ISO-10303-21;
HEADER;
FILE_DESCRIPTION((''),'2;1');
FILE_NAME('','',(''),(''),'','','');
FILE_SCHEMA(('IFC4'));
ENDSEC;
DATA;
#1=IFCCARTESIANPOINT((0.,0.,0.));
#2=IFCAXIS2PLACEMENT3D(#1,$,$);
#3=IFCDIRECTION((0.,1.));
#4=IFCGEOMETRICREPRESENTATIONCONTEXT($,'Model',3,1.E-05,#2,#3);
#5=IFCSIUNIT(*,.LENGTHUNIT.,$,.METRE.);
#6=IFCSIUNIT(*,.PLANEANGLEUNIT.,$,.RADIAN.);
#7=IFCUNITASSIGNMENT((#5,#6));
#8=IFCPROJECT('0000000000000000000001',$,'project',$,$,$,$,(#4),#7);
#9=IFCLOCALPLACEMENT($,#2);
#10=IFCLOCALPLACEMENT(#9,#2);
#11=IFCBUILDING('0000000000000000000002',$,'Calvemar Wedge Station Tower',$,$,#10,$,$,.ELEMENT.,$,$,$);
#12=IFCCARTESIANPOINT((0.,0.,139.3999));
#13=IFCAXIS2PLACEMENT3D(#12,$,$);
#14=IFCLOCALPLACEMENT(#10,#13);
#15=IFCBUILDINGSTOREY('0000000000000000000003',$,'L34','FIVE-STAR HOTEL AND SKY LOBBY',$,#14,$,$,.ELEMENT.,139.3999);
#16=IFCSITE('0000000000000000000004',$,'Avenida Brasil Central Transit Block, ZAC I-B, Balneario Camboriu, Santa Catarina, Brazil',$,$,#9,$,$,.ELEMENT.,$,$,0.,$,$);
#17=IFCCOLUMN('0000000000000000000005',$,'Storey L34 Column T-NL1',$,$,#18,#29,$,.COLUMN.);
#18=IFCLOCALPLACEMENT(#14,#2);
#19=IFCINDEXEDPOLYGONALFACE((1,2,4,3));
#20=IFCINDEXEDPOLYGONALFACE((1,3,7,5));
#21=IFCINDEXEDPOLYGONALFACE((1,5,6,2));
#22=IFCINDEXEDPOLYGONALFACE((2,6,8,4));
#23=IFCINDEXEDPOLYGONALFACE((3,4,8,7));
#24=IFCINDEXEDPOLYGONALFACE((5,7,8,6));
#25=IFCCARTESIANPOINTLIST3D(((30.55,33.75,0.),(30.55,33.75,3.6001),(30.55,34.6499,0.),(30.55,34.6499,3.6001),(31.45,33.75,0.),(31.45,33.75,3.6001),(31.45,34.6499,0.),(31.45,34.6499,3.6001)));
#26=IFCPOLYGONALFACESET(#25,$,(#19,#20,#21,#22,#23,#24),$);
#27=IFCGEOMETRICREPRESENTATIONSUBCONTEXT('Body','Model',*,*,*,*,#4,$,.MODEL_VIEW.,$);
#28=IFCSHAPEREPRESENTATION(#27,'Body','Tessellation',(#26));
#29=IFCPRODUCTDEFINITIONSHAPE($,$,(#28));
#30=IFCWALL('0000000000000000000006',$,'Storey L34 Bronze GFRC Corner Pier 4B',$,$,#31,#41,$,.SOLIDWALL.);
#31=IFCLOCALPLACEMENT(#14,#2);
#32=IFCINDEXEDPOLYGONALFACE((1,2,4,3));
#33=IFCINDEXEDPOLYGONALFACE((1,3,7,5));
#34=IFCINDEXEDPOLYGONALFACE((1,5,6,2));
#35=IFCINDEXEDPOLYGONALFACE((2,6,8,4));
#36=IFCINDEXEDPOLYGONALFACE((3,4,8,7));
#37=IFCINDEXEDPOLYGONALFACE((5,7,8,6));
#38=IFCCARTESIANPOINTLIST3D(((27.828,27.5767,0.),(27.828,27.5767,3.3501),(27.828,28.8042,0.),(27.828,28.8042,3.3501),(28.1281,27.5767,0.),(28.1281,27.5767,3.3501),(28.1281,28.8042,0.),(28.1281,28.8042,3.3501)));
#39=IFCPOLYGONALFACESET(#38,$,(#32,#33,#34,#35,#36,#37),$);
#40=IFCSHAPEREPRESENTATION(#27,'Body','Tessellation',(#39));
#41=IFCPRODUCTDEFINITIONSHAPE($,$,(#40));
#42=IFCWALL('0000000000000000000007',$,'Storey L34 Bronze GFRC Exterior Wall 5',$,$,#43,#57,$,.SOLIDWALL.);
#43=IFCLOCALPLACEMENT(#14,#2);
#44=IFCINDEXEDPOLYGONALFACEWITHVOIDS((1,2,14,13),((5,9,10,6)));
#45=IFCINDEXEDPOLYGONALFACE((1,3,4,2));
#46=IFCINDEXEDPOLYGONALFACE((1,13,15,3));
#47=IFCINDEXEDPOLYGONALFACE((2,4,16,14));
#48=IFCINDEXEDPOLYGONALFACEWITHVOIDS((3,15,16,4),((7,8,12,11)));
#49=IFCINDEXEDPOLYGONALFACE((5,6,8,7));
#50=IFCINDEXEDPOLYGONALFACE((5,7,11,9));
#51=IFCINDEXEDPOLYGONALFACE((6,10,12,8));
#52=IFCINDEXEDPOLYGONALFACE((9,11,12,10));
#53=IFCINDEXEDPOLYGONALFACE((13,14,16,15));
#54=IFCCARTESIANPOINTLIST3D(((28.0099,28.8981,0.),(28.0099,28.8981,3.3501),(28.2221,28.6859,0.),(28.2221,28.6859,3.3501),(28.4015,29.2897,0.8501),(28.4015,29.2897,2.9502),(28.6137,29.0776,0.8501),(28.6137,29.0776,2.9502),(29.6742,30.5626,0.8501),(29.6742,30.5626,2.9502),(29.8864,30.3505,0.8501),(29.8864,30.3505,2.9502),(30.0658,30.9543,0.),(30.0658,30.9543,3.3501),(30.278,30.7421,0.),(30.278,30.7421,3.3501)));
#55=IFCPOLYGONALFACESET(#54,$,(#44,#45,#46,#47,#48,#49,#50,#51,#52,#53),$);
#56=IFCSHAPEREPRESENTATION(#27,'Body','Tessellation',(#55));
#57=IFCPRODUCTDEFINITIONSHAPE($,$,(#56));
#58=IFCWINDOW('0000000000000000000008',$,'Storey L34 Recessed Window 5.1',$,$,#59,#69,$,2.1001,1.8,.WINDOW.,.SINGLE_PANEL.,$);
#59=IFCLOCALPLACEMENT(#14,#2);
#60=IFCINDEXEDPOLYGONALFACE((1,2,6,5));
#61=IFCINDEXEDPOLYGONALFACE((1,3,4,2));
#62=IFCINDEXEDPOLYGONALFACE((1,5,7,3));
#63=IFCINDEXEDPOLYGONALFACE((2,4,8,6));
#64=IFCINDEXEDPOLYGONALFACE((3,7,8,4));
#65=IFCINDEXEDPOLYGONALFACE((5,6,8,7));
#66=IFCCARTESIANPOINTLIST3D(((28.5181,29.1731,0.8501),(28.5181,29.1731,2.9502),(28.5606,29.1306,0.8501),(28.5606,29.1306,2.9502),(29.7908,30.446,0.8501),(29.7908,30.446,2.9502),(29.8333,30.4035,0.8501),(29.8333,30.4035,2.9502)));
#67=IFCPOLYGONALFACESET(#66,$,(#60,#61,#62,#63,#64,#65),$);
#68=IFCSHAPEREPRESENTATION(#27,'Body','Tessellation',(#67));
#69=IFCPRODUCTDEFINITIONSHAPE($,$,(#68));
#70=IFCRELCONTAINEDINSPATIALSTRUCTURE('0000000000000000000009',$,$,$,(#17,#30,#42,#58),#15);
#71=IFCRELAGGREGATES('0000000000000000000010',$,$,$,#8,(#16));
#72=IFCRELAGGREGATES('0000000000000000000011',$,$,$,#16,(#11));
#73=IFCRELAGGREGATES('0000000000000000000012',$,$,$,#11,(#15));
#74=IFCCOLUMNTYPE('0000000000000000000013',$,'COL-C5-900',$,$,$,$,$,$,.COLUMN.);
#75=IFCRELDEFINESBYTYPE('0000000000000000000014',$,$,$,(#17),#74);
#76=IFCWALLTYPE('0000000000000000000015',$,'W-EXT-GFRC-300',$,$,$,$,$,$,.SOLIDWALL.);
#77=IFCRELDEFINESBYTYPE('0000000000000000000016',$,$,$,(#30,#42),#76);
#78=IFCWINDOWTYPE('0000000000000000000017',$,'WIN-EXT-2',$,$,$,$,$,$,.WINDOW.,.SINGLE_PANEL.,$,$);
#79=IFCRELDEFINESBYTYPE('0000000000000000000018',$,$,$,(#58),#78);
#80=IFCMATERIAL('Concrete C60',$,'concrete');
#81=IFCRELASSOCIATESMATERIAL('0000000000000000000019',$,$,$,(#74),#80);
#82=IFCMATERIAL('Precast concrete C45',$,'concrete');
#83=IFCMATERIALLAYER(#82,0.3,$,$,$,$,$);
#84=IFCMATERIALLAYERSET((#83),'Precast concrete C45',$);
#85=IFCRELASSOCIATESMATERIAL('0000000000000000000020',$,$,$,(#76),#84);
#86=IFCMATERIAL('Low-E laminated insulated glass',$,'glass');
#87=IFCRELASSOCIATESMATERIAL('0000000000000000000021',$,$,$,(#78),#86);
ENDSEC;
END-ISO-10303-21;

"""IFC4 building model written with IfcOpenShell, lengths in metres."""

from ifc_helpers import new_model, si_unit, direction, frame, frame_2d, origin, origin_2d, place, context, subcontext, project, spatial, rectangle, extrude, source, transform, mapped, material, layer, layer_set, material_profile, profile_set, type_object, element, fill, save


model = new_model("IFC4")

# Units and contexts
model_context = context("Model", 3, precision=1e-05, world=origin(), true_north=direction((0.0, 1.0)))
body_context = subcontext(model_context, "Body", "Model", "MODEL_VIEW")
ifc_project = project(units=[si_unit("LENGTHUNIT", "METRE"), si_unit("PLANEANGLEUNIT", "RADIAN")], contexts=[model_context])

# Site, building, storey
site_placement = place(None, origin())
site = spatial("IfcSite", under=ifc_project, at=site_placement, Name="Avenida Brasil Central Transit Block, ZAC I-B, Balneario Camboriu, Santa Catarina, Brazil", CompositionType="ELEMENT", RefElevation=0.0)
building_placement = place(site_placement, origin())
building = spatial("IfcBuilding", under=site, at=building_placement, Name="Calvemar Wedge Station Tower", CompositionType="ELEMENT")
storey_placement = place(building_placement, frame((0.0, 0.0, 139.3999)))
storey = spatial("IfcBuildingStorey", under=building, at=storey_placement, Name="L34", Description="FIVE-STAR HOTEL AND SKY LOBBY", CompositionType="ELEMENT", Elevation=139.3999)

# Column
ifc_material_1 = material(Name="Concrete C60", Category="concrete")
ifc_material_profile = material_profile(ifc_material_1, rectangle(XDim=0.8999, YDim=0.8999, at=origin_2d()), Name="RC900x900")
ifc_profile_set = profile_set([ifc_material_profile], Name="Concrete C60")
column_type = type_object("IfcColumnType", Name="COL-C5-900", PredefinedType="COLUMN", material=ifc_profile_set)
shared_shape_1 = source(origin(), body_context, "Body", "SweptSolid", [
    extrude(rectangle(XDim=0.8999, YDim=0.8999, at=origin_2d()), origin(), (0.0, 0.0, 1.0), 3.6001),
])
column_placement = place(storey_placement, frame((31.0, 34.2, 0.0), z_axis=(0.0, 0.0, 1.0), x_axis=(1.0, 0.0, 0.0)))
element("IfcColumn", 1, at=column_placement, inside=storey, type_object=column_type, Name="Storey L34 Column T-NL1", PredefinedType="COLUMN", context=body_context, shape_type="MappedRepresentation", body=[
    mapped(shared_shape_1, transform((0.0, 0.0, 0.0), scale=1.0)),
])

# Wall
ifc_material_2 = material(Name="Precast concrete C45", Category="concrete")
ifc_layer_1 = layer(ifc_material_2, 0.3)
ifc_layer_set_1 = layer_set([ifc_layer_1], Name="Precast concrete C45")
wall_type_1 = type_object("IfcWallType", Name="W-EXT-GFRC-300", PredefinedType="SOLIDWALL", material=ifc_layer_set_1)
wall_1_placement = place(storey_placement, frame((27.978, 27.5767, 0.0), z_axis=(0.0, 0.0, 1.0), x_axis=(0.0, 1.0, 0.0)))
element("IfcWall", 2, at=wall_1_placement, inside=storey, type_object=wall_type_1, Name="Storey L34 Bronze GFRC Corner Pier 4B", PredefinedType="SOLIDWALL", context=body_context, shape_type="SweptSolid", body=[
    extrude(rectangle(XDim=1.2275, YDim=0.3, at=frame_2d((0.6138, 0.0))), origin(), (0.0, 0.0, 1.0), 3.3501),
])

# Wall, opening, window
wall_2_placement = place(storey_placement, frame((28.116, 28.792, 0.0), z_axis=(0.0, 0.0, 1.0), x_axis=(0.707065, 0.707149, 0.0)))
wall_2 = element("IfcWall", 3, at=wall_2_placement, inside=storey, type_object=wall_type_1, Name="Storey L34 Bronze GFRC Exterior Wall 5", PredefinedType="SOLIDWALL", context=body_context, shape_type="SweptSolid", body=[
    extrude(rectangle(XDim=2.9077, YDim=0.3, at=frame_2d((1.4539, 0.0))), origin(), (0.0, 0.0, 1.0), 3.3501),
])
shared_shape_2 = source(origin(), body_context, "Body", "SweptSolid", [
    extrude(rectangle(XDim=1.8, YDim=2.1001, at=frame_2d((0.8999, 1.05))), frame((0.0, 0.1602, 0.0), z_axis=(0.0, -1.0, 0.0), x_axis=(1.0, 0.0, 0.0)), (0.0, 0.0, 1.0), 0.3201),
])
opening_1_placement = place(wall_2_placement, frame((0.554, 0.0, 0.8501)))
opening_1 = element("IfcOpeningElement", 4, at=opening_1_placement, cuts=wall_2, PredefinedType="OPENING", context=body_context, shape_type="MappedRepresentation", body=[
    mapped(shared_shape_2, transform((0.0, 0.0, 0.0), scale=1.0)),
])
ifc_material_3 = material(Name="Low-E laminated insulated glass", Category="glass")
window_type_1 = type_object("IfcWindowType", Name="WIN-EXT-2", PartitioningType="SINGLE_PANEL", PredefinedType="WINDOW", material=ifc_material_3)
shared_shape_3 = source(origin(), body_context, "Body", "SweptSolid", [
    extrude(rectangle(XDim=1.8, YDim=2.1001, at=frame_2d((0.8999, 1.05))), frame((0.0, -0.0149, 0.0), z_axis=(0.0, -1.0, 0.0), x_axis=(1.0, 0.0, 0.0)), (0.0, 0.0, 1.0), 0.0601),
])
window_1_placement = place(opening_1_placement, origin())
window_1 = element("IfcWindow", 5, at=window_1_placement, inside=storey, type_object=window_type_1, Name="Storey L34 Recessed Window 5.1", OverallHeight=2.1001, OverallWidth=1.8, PartitioningType="SINGLE_PANEL", PredefinedType="WINDOW", context=body_context, shape_type="MappedRepresentation", body=[
    mapped(shared_shape_3, transform((0.0, 0.0, 0.0), scale=1.0)),
])
fill(opening_1, window_1)

save(model, "model.ifc")
